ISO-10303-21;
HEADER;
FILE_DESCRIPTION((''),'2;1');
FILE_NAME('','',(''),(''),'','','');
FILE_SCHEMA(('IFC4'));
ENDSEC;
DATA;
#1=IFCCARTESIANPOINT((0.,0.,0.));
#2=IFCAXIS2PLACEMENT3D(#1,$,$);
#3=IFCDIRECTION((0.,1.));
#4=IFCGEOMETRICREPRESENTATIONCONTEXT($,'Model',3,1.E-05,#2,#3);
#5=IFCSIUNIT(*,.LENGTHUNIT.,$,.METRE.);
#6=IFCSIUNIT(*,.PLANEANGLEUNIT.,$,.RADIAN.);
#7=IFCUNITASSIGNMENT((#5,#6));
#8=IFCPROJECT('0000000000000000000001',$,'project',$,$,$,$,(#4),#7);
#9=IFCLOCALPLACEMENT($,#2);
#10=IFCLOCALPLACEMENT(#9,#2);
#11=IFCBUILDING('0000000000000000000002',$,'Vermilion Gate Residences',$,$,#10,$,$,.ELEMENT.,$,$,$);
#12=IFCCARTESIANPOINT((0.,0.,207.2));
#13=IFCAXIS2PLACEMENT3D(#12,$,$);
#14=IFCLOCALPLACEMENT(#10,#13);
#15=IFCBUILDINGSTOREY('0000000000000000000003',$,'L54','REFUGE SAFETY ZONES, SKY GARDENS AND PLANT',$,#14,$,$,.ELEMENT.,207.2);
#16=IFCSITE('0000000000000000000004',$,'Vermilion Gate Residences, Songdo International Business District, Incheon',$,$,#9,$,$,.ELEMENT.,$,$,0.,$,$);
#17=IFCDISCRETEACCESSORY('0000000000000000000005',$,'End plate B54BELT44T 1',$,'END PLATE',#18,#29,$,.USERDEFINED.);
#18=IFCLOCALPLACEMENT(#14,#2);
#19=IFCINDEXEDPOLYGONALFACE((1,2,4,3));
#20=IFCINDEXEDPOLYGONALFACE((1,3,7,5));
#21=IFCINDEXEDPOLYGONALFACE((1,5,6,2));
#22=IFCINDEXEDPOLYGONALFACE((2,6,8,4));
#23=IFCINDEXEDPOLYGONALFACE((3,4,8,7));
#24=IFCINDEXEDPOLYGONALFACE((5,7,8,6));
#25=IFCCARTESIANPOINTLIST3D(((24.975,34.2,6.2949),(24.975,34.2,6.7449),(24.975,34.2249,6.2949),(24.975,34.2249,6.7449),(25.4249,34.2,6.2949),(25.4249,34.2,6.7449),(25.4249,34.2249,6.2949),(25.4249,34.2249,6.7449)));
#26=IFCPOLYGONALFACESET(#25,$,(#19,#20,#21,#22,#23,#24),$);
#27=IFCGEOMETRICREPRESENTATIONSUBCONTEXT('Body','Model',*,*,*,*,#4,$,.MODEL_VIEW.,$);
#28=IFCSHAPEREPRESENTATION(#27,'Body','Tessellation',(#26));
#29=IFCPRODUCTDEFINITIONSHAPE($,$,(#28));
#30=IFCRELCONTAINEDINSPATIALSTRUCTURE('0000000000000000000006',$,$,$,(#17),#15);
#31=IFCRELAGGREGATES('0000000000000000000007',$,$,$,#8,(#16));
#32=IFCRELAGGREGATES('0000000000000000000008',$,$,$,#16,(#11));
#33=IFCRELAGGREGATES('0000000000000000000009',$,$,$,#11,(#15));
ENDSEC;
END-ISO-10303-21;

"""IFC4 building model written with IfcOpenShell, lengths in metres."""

from ifc_helpers import new_model, si_unit, direction, frame, origin, origin_2d, place, context, subcontext, project, spatial, rectangle, extrude, element, save


model = new_model("IFC4")

# Units and contexts
model_context = context("Model", 3, precision=1e-05, world=origin(), true_north=direction((0.0, 1.0)))
body_context = subcontext(model_context, "Body", "Model", "MODEL_VIEW")
ifc_project = project(units=[si_unit("LENGTHUNIT", "METRE"), si_unit("PLANEANGLEUNIT", "RADIAN")], contexts=[model_context])

# Site, building, storey
site_placement = place(None, origin())
site = spatial("IfcSite", under=ifc_project, at=site_placement, Name="Vermilion Gate Residences, Songdo International Business District, Incheon", CompositionType="ELEMENT", RefElevation=0.0)
building_placement = place(site_placement, origin())
building = spatial("IfcBuilding", under=site, at=building_placement, Name="Vermilion Gate Residences", CompositionType="ELEMENT")
storey_placement = place(building_placement, frame((0.0, 0.0, 207.2)))
storey = spatial("IfcBuildingStorey", under=building, at=storey_placement, Name="L54", Description="REFUGE SAFETY ZONES, SKY GARDENS AND PLANT", CompositionType="ELEMENT", Elevation=207.2)

# Discrete accessory
discrete_accessory_placement = place(storey_placement, frame((25.2, 34.2124, 6.2949), z_axis=(0.0, 0.0, 1.0), x_axis=(1.0, 0.0, 0.0)))
element("IfcDiscreteAccessory", 1, at=discrete_accessory_placement, inside=storey, Name="End plate B54BELT44T 1", ObjectType="END PLATE", PredefinedType="USERDEFINED", context=body_context, shape_type="SweptSolid", body=[
    extrude(rectangle(XDim=0.45, YDim=0.0249, at=origin_2d()), origin(), (0.0, 0.0, 1.0), 0.45),
])

save(model, "model.ifc")
